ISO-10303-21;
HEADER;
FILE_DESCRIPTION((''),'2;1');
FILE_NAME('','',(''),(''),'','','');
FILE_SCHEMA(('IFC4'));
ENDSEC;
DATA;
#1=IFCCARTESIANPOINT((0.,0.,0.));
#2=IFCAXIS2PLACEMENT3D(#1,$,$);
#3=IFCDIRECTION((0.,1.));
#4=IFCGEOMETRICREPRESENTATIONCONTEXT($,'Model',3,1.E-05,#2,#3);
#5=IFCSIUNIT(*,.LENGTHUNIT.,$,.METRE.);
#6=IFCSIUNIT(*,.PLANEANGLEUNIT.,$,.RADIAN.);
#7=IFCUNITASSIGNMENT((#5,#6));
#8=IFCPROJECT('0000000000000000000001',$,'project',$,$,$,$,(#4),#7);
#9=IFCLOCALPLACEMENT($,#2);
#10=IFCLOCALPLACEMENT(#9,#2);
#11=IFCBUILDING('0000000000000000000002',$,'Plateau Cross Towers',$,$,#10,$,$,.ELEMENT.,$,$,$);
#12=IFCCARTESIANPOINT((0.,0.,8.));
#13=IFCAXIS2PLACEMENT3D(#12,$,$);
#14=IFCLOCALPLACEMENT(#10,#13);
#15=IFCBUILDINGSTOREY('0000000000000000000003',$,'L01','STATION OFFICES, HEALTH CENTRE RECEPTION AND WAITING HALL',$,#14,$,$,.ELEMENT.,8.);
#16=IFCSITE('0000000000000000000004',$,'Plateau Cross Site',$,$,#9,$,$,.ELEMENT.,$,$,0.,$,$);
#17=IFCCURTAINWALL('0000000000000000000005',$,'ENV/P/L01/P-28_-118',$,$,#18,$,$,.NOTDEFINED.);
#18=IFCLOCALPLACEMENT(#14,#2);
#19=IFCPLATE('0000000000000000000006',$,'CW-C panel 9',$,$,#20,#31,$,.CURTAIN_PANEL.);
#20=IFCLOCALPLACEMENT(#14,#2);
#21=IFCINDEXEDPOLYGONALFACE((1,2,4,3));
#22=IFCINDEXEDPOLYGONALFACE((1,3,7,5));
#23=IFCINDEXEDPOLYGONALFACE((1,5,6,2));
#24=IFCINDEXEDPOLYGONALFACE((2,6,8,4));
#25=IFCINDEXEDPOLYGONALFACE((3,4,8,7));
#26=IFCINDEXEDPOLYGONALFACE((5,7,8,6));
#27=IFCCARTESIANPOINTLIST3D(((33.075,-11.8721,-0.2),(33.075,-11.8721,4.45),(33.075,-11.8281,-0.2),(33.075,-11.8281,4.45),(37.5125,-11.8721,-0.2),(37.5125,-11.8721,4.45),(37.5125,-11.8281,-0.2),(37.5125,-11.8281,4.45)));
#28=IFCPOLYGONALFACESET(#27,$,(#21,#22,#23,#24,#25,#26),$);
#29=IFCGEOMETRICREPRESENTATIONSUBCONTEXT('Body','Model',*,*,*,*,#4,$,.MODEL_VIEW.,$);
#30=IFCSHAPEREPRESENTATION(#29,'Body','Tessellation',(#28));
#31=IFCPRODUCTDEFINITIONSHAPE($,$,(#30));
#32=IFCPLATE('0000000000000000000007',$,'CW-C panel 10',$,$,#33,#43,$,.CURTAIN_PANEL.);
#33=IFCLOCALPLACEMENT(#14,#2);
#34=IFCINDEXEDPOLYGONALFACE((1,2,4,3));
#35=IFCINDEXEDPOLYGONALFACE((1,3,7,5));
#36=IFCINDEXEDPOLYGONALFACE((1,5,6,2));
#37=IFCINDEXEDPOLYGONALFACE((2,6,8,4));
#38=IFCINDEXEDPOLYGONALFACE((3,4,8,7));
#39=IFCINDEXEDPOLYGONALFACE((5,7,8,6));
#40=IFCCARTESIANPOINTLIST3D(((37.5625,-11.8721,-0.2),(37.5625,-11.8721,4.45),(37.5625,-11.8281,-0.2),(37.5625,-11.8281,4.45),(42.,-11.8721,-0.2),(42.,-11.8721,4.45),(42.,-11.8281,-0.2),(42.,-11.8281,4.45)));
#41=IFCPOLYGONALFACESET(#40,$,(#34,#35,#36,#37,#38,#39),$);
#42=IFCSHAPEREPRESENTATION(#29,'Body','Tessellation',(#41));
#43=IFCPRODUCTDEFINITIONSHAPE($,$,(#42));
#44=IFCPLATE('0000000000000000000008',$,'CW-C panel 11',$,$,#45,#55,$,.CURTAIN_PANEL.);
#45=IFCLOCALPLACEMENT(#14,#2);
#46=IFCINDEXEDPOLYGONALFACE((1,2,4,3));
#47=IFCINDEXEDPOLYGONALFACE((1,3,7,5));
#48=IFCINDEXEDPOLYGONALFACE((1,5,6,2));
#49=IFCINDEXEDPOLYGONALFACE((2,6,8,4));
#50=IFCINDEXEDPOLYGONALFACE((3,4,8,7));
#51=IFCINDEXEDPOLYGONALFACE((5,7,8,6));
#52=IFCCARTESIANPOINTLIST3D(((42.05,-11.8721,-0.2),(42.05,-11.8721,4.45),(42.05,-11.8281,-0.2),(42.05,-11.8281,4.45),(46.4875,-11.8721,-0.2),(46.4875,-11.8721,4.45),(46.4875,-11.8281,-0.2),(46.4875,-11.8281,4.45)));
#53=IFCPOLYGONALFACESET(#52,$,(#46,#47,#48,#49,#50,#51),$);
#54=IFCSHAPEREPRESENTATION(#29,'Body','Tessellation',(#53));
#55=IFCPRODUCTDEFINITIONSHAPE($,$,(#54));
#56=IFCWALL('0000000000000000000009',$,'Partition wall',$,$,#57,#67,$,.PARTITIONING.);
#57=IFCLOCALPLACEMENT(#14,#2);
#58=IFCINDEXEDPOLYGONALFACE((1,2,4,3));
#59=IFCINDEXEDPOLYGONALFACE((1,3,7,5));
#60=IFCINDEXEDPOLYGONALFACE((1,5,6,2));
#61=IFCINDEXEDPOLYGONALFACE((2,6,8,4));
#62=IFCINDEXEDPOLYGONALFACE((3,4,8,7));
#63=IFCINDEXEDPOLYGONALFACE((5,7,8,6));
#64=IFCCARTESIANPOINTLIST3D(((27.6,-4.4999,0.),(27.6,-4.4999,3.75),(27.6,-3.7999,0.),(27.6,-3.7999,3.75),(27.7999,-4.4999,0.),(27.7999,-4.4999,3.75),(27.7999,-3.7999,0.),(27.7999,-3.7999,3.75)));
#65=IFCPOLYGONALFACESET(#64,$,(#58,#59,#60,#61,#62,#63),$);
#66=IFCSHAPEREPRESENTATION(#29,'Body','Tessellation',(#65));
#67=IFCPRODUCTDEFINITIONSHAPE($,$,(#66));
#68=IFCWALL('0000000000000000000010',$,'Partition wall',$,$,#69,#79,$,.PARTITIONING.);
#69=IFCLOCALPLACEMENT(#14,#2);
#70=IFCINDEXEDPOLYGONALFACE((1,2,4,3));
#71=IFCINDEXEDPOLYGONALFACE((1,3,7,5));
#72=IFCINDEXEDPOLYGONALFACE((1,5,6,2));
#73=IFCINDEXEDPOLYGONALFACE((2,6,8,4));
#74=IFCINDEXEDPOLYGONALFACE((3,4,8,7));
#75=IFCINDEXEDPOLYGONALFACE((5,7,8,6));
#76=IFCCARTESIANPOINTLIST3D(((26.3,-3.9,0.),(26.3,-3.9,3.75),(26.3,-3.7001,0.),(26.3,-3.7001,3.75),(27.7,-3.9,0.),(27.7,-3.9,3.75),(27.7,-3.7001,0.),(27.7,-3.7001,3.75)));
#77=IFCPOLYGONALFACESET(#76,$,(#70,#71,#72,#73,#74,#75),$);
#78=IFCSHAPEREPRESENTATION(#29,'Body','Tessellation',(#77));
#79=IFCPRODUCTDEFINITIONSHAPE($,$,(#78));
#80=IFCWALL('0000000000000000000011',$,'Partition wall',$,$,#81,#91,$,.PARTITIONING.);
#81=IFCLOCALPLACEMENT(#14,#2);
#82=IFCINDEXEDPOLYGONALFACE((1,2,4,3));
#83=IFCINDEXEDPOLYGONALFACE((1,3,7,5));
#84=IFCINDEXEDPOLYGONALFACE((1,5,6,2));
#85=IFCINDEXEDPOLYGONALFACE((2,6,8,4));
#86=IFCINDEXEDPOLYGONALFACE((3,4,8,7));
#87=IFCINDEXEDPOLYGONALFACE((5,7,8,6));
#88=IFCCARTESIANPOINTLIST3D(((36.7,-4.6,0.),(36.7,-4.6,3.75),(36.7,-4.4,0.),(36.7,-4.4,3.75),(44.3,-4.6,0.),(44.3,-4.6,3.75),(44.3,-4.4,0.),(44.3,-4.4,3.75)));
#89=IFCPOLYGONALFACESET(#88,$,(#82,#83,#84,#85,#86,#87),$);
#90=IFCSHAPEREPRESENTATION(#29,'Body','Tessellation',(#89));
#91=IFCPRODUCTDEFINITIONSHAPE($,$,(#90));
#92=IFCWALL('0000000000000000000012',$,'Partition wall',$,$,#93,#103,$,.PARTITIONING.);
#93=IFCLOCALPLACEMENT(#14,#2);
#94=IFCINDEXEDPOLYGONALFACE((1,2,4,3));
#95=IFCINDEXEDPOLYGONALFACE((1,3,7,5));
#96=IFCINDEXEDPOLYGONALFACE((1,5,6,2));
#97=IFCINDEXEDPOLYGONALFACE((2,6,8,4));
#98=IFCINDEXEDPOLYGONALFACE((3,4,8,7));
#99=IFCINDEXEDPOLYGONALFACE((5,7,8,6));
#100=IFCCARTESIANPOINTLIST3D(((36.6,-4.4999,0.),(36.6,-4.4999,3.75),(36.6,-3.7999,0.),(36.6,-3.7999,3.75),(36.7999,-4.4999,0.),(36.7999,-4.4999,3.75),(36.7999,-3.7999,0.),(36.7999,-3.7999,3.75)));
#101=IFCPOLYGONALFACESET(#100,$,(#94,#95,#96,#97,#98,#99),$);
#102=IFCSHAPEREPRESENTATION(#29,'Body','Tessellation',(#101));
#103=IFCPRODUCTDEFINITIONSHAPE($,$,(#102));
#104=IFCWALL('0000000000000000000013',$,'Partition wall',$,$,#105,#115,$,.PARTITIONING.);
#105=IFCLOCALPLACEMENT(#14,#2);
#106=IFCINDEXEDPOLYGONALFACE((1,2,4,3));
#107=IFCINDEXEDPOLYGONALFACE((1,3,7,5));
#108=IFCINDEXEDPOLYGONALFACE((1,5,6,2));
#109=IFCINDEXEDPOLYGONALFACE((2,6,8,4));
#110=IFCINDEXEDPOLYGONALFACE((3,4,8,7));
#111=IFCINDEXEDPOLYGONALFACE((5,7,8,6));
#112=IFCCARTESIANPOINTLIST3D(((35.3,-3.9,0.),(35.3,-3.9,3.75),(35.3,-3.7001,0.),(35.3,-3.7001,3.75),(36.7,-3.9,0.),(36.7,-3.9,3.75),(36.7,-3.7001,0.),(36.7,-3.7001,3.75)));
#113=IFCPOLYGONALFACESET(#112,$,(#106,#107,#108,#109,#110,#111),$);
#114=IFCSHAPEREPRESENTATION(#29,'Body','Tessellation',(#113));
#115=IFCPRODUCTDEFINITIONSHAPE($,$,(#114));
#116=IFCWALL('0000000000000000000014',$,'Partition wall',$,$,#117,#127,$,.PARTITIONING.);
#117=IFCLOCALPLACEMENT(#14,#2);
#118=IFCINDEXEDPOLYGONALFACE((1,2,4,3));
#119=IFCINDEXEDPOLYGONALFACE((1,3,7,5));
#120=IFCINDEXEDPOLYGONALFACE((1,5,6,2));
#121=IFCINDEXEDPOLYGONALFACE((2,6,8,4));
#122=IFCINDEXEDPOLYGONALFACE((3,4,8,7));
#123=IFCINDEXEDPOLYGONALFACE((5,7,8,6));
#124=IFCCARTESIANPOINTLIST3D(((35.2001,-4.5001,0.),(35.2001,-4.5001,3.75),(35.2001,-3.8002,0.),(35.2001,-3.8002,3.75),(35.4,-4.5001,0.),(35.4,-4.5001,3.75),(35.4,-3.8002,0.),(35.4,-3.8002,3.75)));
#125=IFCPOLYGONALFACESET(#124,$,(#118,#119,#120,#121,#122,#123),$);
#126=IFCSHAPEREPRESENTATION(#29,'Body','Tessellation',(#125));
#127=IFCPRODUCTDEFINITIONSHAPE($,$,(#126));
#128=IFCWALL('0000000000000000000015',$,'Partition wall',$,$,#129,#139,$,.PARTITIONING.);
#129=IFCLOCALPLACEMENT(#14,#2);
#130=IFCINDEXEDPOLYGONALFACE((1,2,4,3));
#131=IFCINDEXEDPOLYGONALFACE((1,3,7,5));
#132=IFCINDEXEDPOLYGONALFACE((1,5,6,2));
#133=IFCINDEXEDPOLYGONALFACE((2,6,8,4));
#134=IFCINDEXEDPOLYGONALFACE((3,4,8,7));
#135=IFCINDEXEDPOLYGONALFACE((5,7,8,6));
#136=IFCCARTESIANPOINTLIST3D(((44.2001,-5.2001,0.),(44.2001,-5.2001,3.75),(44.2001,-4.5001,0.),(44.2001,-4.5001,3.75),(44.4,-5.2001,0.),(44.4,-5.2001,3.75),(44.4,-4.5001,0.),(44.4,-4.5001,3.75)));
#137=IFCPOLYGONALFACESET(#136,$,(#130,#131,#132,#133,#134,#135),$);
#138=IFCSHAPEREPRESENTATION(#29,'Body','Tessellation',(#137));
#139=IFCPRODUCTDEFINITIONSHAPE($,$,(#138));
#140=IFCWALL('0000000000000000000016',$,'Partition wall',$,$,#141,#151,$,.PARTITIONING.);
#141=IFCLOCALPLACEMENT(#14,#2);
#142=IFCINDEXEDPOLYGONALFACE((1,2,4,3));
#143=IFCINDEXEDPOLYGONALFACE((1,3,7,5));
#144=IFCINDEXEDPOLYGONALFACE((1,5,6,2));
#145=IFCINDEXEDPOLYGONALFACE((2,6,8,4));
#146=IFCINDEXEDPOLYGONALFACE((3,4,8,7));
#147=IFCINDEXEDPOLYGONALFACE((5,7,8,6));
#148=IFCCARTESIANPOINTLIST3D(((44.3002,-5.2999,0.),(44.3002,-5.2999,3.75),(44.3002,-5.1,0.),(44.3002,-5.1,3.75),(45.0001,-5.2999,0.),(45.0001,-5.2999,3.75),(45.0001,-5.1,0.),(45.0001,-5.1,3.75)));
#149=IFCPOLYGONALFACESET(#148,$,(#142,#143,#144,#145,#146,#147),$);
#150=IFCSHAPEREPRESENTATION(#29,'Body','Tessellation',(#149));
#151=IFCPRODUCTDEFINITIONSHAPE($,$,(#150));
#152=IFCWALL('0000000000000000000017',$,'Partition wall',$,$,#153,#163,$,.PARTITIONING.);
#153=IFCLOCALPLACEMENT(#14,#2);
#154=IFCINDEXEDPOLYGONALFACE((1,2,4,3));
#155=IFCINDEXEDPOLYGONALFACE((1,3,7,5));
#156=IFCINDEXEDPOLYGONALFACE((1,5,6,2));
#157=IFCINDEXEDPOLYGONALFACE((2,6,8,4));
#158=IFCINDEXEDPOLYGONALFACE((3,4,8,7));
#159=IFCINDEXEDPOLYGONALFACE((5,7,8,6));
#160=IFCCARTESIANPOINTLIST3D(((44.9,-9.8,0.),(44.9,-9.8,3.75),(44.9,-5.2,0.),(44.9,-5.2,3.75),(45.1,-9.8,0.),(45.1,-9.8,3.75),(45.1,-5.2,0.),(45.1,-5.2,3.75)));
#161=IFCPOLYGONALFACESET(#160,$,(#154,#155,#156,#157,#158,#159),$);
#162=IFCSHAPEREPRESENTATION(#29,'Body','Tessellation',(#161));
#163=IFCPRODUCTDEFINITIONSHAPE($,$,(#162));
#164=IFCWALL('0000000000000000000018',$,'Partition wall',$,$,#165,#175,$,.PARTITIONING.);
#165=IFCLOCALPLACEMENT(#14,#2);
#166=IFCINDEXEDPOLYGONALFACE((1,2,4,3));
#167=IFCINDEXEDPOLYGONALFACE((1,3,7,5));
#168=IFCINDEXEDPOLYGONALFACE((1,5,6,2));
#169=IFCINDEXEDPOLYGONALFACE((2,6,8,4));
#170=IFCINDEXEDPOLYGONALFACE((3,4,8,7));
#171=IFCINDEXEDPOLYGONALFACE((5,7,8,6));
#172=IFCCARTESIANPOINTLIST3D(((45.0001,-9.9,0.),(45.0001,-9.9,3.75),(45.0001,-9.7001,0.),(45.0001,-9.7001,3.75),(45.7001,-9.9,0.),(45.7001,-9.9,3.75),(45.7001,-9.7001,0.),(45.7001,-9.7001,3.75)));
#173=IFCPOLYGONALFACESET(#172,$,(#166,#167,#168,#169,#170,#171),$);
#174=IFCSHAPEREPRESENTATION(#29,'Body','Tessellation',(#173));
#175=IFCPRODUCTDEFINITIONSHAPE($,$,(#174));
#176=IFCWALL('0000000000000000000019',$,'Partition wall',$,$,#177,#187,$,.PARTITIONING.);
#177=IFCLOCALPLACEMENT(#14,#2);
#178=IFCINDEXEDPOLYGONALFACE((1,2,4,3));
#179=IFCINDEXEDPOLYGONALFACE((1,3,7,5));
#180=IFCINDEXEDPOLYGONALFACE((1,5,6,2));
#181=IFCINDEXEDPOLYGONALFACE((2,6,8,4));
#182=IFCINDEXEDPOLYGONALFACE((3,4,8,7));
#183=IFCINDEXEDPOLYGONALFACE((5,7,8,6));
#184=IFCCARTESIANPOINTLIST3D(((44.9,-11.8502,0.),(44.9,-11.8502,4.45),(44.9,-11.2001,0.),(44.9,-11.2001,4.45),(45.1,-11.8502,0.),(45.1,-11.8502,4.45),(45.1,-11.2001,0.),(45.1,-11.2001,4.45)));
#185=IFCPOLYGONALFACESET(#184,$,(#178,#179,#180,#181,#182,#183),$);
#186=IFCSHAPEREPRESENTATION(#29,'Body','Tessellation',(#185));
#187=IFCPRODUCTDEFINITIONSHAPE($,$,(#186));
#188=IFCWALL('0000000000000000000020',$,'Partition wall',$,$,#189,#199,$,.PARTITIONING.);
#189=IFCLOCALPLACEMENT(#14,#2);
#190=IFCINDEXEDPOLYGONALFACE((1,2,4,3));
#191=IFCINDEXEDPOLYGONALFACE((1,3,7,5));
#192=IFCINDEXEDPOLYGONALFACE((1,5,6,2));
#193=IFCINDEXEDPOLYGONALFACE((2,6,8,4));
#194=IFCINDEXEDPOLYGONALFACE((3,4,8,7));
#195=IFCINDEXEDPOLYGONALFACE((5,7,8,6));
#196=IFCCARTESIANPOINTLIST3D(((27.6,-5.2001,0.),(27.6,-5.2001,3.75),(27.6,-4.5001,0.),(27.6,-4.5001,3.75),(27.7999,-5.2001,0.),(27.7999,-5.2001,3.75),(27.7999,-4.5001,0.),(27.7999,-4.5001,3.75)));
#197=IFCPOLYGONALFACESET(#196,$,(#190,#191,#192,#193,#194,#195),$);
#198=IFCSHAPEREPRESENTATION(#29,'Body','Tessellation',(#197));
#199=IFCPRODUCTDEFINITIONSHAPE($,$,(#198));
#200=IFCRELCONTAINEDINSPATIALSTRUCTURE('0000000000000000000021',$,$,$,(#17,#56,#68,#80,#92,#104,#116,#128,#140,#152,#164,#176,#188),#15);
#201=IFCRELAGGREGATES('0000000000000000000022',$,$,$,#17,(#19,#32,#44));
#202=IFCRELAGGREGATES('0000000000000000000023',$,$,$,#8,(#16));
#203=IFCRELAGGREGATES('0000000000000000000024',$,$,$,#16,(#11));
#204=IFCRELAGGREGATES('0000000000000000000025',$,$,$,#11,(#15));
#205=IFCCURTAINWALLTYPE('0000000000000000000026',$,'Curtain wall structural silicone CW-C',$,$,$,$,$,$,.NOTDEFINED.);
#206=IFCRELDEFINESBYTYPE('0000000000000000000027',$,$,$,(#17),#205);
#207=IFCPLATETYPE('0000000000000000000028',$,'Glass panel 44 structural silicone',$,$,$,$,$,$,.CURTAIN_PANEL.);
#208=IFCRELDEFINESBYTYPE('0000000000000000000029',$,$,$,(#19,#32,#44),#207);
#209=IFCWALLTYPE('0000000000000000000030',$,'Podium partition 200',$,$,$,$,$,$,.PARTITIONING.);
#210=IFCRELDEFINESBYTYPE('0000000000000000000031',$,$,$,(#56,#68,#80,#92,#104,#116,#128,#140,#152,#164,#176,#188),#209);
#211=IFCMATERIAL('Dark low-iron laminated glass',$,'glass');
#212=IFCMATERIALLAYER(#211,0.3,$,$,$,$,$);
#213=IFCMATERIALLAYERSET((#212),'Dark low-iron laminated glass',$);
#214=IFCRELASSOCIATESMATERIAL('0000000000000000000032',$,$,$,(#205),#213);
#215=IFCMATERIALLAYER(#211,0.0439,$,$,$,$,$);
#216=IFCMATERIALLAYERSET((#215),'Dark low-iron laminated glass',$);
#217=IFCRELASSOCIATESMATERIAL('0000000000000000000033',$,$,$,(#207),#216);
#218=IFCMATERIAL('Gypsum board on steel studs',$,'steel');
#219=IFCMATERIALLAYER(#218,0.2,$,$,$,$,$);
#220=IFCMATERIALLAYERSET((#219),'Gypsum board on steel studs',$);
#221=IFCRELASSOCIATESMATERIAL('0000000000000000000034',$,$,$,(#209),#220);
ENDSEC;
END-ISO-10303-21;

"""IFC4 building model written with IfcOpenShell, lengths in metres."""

from ifc_helpers import new_model, si_unit, direction, frame, frame_2d, origin, origin_2d, place, context, subcontext, project, spatial, rectangle, extrude, material, layer, layer_set, type_object, element, aggregate, save


model = new_model("IFC4")

# Units and contexts
model_context = context("Model", 3, precision=1e-05, world=origin(), true_north=direction((0.0, 1.0)))
body_context = subcontext(model_context, "Body", "Model", "MODEL_VIEW")
ifc_project = project(units=[si_unit("LENGTHUNIT", "METRE"), si_unit("PLANEANGLEUNIT", "RADIAN")], contexts=[model_context])

# Site, building, storey
site_placement = place(None, origin())
site = spatial("IfcSite", under=ifc_project, at=site_placement, Name="Plateau Cross Site", CompositionType="ELEMENT", RefElevation=0.0)
building_placement = place(site_placement, origin())
building = spatial("IfcBuilding", under=site, at=building_placement, Name="Plateau Cross Towers", CompositionType="ELEMENT")
storey_placement = place(building_placement, frame((0.0, 0.0, 8.0)))
storey = spatial("IfcBuildingStorey", under=building, at=storey_placement, Name="L01", Description="STATION OFFICES, HEALTH CENTRE RECEPTION AND WAITING HALL", CompositionType="ELEMENT", Elevation=8.0)

# Curtain wall
ifc_material_1 = material(Name="Dark low-iron laminated glass", Category="glass")
ifc_layer_1 = layer(ifc_material_1, 0.3)
ifc_layer_set_1 = layer_set([ifc_layer_1], Name="Dark low-iron laminated glass")
curtain_wall_type = type_object("IfcCurtainWallType", Name="Curtain wall structural silicone CW-C", PredefinedType="NOTDEFINED", material=ifc_layer_set_1)
curtain_wall_placement = place(storey_placement, origin())
curtain_wall = element("IfcCurtainWall", 1, at=curtain_wall_placement, inside=storey, type_object=curtain_wall_type, Name="ENV/P/L01/P-28_-118", PredefinedType="NOTDEFINED")

# Plates
ifc_layer_2 = layer(ifc_material_1, 0.0439)
ifc_layer_set_2 = layer_set([ifc_layer_2], Name="Dark low-iron laminated glass")
plate_type = type_object("IfcPlateType", Name="Glass panel 44 structural silicone", PredefinedType="CURTAIN_PANEL", material=ifc_layer_set_2)
plate_1_placement = place(storey_placement, frame((35.2937, -11.8501, -0.2), z_axis=(0.0, 0.0, 1.0), x_axis=(1.0, 0.0, 0.0)))
plate_1 = element("IfcPlate", 2, at=plate_1_placement, type_object=plate_type, Name="CW-C panel 9", PredefinedType="CURTAIN_PANEL", context=body_context, shape_type="SweptSolid", body=[
    extrude(rectangle(XDim=4.4375, YDim=0.0439, at=origin_2d()), origin(), (0.0, 0.0, 1.0), 4.6499),
])
plate_2_placement = place(storey_placement, frame((39.7812, -11.8501, -0.2), z_axis=(0.0, 0.0, 1.0), x_axis=(1.0, 0.0, 0.0)))
plate_2 = element("IfcPlate", 3, at=plate_2_placement, type_object=plate_type, Name="CW-C panel 10", PredefinedType="CURTAIN_PANEL", context=body_context, shape_type="SweptSolid", body=[
    extrude(rectangle(XDim=4.4375, YDim=0.0439, at=origin_2d()), origin(), (0.0, 0.0, 1.0), 4.6499),
])
plate_3_placement = place(storey_placement, frame((44.2688, -11.8501, -0.2), z_axis=(0.0, 0.0, 1.0), x_axis=(1.0, 0.0, 0.0)))
plate_3 = element("IfcPlate", 4, at=plate_3_placement, type_object=plate_type, Name="CW-C panel 11", PredefinedType="CURTAIN_PANEL", context=body_context, shape_type="SweptSolid", body=[
    extrude(rectangle(XDim=4.4375, YDim=0.0439, at=origin_2d()), origin(), (0.0, 0.0, 1.0), 4.6499),
])
aggregate(curtain_wall, [plate_1, plate_2, plate_3])

# Walls
ifc_material_2 = material(Name="Gypsum board on steel studs", Category="steel")
ifc_layer_3 = layer(ifc_material_2, 0.2)
ifc_layer_set_3 = layer_set([ifc_layer_3], Name="Gypsum board on steel studs")
wall_type = type_object("IfcWallType", Name="Podium partition 200", PredefinedType="PARTITIONING", material=ifc_layer_set_3)
wall_1_placement = place(storey_placement, frame((27.7, -4.5, 0.0), z_axis=(0.0, 0.0, 1.0), x_axis=(0.0, 1.0, 0.0)))
element("IfcWall", 5, at=wall_1_placement, inside=storey, type_object=wall_type, Name="Partition wall", PredefinedType="PARTITIONING", context=body_context, shape_type="SweptSolid", body=[
    extrude(rectangle(XDim=0.7, YDim=0.2, at=frame_2d((0.3501, 0.0))), origin(), (0.0, 0.0, 1.0), 3.75),
])
wall_2_placement = place(storey_placement, frame((27.7, -3.8, 0.0), z_axis=(0.0, 0.0, 1.0), x_axis=(-1.0, 0.0, 0.0)))
element("IfcWall", 6, at=wall_2_placement, inside=storey, type_object=wall_type, Name="Partition wall", PredefinedType="PARTITIONING", context=body_context, shape_type="SweptSolid", body=[
    extrude(rectangle(XDim=1.3999, YDim=0.2, at=frame_2d((0.7, 0.0))), origin(), (0.0, 0.0, 1.0), 3.75),
])
wall_3_placement = place(storey_placement, frame((44.3, -4.5, 0.0), z_axis=(0.0, 0.0, 1.0), x_axis=(-1.0, 0.0, 0.0)))
element("IfcWall", 7, at=wall_3_placement, inside=storey, type_object=wall_type, Name="Partition wall", PredefinedType="PARTITIONING", context=body_context, shape_type="SweptSolid", body=[
    extrude(rectangle(XDim=7.6001, YDim=0.2, at=frame_2d((3.8, 0.0))), origin(), (0.0, 0.0, 1.0), 3.75),
])
wall_4_placement = place(storey_placement, frame((36.7, -4.5, 0.0), z_axis=(0.0, 0.0, 1.0), x_axis=(0.0, 1.0, 0.0)))
element("IfcWall", 8, at=wall_4_placement, inside=storey, type_object=wall_type, Name="Partition wall", PredefinedType="PARTITIONING", context=body_context, shape_type="SweptSolid", body=[
    extrude(rectangle(XDim=0.7, YDim=0.2, at=frame_2d((0.3501, 0.0))), origin(), (0.0, 0.0, 1.0), 3.75),
])
wall_5_placement = place(storey_placement, frame((36.7, -3.8, 0.0), z_axis=(0.0, 0.0, 1.0), x_axis=(-1.0, 0.0, 0.0)))
element("IfcWall", 9, at=wall_5_placement, inside=storey, type_object=wall_type, Name="Partition wall", PredefinedType="PARTITIONING", context=body_context, shape_type="SweptSolid", body=[
    extrude(rectangle(XDim=1.3999, YDim=0.2, at=frame_2d((0.7, 0.0))), origin(), (0.0, 0.0, 1.0), 3.75),
])
wall_6_placement = place(storey_placement, frame((35.3, -3.8, 0.0), z_axis=(0.0, 0.0, 1.0), x_axis=(0.0, -1.0, 0.0)))
element("IfcWall", 10, at=wall_6_placement, inside=storey, type_object=wall_type, Name="Partition wall", PredefinedType="PARTITIONING", context=body_context, shape_type="SweptSolid", body=[
    extrude(rectangle(XDim=0.7, YDim=0.2, at=frame_2d((0.3501, 0.0))), origin(), (0.0, 0.0, 1.0), 3.75),
])

# Walls
for number, where, z_axis, x_axis, name in (
    (11, (44.3, -4.5, 0.0), (0.0, 0.0, 1.0), (0.0, -1.0, 0.0), "Partition wall"),
    (12, (44.3, -5.2, 0.0), (0.0, 0.0, 1.0), (1.0, 0.0, 0.0), "Partition wall"),
):
    element("IfcWall", number, at=place(storey_placement, frame(where, z_axis=z_axis, x_axis=x_axis)), inside=storey, type_object=wall_type, Name=name, PredefinedType="PARTITIONING", context=body_context, shape_type="SweptSolid", body=[
        extrude(rectangle(XDim=0.7, YDim=0.2, at=frame_2d((0.3501, 0.0))), origin(), (0.0, 0.0, 1.0), 3.75),
    ])
wall_7_placement = place(storey_placement, frame((45.0, -5.2, 0.0), z_axis=(0.0, 0.0, 1.0), x_axis=(0.0, -1.0, 0.0)))
element("IfcWall", 13, at=wall_7_placement, inside=storey, type_object=wall_type, Name="Partition wall", PredefinedType="PARTITIONING", context=body_context, shape_type="SweptSolid", body=[
    extrude(rectangle(XDim=4.6001, YDim=0.2, at=frame_2d((2.3, 0.0))), origin(), (0.0, 0.0, 1.0), 3.75),
])
wall_8_placement = place(storey_placement, frame((45.0, -9.8, 0.0), z_axis=(0.0, 0.0, 1.0), x_axis=(1.0, 0.0, 0.0)))
element("IfcWall", 14, at=wall_8_placement, inside=storey, type_object=wall_type, Name="Partition wall", PredefinedType="PARTITIONING", context=body_context, shape_type="SweptSolid", body=[
    extrude(rectangle(XDim=0.7, YDim=0.2, at=frame_2d((0.3501, 0.0))), origin(), (0.0, 0.0, 1.0), 3.75),
])
wall_9_placement = place(storey_placement, frame((45.0, -11.2, 0.0), z_axis=(0.0, 0.0, 1.0), x_axis=(0.0, -1.0, 0.0)))
element("IfcWall", 15, at=wall_9_placement, inside=storey, type_object=wall_type, Name="Partition wall", PredefinedType="PARTITIONING", context=body_context, shape_type="SweptSolid", body=[
    extrude(rectangle(XDim=0.6501, YDim=0.2, at=frame_2d((0.3252, 0.0))), origin(), (0.0, 0.0, 1.0), 4.45),
])
for number, where, z_axis, x_axis, name in (
    (16, (27.7, -4.5, 0.0), (0.0, 0.0, 1.0), (0.0, -1.0, 0.0), "Partition wall"),
):
    element("IfcWall", number, at=place(storey_placement, frame(where, z_axis=z_axis, x_axis=x_axis)), inside=storey, type_object=wall_type, Name=name, PredefinedType="PARTITIONING", context=body_context, shape_type="SweptSolid", body=[
        extrude(rectangle(XDim=0.7, YDim=0.2, at=frame_2d((0.3501, 0.0))), origin(), (0.0, 0.0, 1.0), 3.75),
    ])

save(model, "model.ifc")
